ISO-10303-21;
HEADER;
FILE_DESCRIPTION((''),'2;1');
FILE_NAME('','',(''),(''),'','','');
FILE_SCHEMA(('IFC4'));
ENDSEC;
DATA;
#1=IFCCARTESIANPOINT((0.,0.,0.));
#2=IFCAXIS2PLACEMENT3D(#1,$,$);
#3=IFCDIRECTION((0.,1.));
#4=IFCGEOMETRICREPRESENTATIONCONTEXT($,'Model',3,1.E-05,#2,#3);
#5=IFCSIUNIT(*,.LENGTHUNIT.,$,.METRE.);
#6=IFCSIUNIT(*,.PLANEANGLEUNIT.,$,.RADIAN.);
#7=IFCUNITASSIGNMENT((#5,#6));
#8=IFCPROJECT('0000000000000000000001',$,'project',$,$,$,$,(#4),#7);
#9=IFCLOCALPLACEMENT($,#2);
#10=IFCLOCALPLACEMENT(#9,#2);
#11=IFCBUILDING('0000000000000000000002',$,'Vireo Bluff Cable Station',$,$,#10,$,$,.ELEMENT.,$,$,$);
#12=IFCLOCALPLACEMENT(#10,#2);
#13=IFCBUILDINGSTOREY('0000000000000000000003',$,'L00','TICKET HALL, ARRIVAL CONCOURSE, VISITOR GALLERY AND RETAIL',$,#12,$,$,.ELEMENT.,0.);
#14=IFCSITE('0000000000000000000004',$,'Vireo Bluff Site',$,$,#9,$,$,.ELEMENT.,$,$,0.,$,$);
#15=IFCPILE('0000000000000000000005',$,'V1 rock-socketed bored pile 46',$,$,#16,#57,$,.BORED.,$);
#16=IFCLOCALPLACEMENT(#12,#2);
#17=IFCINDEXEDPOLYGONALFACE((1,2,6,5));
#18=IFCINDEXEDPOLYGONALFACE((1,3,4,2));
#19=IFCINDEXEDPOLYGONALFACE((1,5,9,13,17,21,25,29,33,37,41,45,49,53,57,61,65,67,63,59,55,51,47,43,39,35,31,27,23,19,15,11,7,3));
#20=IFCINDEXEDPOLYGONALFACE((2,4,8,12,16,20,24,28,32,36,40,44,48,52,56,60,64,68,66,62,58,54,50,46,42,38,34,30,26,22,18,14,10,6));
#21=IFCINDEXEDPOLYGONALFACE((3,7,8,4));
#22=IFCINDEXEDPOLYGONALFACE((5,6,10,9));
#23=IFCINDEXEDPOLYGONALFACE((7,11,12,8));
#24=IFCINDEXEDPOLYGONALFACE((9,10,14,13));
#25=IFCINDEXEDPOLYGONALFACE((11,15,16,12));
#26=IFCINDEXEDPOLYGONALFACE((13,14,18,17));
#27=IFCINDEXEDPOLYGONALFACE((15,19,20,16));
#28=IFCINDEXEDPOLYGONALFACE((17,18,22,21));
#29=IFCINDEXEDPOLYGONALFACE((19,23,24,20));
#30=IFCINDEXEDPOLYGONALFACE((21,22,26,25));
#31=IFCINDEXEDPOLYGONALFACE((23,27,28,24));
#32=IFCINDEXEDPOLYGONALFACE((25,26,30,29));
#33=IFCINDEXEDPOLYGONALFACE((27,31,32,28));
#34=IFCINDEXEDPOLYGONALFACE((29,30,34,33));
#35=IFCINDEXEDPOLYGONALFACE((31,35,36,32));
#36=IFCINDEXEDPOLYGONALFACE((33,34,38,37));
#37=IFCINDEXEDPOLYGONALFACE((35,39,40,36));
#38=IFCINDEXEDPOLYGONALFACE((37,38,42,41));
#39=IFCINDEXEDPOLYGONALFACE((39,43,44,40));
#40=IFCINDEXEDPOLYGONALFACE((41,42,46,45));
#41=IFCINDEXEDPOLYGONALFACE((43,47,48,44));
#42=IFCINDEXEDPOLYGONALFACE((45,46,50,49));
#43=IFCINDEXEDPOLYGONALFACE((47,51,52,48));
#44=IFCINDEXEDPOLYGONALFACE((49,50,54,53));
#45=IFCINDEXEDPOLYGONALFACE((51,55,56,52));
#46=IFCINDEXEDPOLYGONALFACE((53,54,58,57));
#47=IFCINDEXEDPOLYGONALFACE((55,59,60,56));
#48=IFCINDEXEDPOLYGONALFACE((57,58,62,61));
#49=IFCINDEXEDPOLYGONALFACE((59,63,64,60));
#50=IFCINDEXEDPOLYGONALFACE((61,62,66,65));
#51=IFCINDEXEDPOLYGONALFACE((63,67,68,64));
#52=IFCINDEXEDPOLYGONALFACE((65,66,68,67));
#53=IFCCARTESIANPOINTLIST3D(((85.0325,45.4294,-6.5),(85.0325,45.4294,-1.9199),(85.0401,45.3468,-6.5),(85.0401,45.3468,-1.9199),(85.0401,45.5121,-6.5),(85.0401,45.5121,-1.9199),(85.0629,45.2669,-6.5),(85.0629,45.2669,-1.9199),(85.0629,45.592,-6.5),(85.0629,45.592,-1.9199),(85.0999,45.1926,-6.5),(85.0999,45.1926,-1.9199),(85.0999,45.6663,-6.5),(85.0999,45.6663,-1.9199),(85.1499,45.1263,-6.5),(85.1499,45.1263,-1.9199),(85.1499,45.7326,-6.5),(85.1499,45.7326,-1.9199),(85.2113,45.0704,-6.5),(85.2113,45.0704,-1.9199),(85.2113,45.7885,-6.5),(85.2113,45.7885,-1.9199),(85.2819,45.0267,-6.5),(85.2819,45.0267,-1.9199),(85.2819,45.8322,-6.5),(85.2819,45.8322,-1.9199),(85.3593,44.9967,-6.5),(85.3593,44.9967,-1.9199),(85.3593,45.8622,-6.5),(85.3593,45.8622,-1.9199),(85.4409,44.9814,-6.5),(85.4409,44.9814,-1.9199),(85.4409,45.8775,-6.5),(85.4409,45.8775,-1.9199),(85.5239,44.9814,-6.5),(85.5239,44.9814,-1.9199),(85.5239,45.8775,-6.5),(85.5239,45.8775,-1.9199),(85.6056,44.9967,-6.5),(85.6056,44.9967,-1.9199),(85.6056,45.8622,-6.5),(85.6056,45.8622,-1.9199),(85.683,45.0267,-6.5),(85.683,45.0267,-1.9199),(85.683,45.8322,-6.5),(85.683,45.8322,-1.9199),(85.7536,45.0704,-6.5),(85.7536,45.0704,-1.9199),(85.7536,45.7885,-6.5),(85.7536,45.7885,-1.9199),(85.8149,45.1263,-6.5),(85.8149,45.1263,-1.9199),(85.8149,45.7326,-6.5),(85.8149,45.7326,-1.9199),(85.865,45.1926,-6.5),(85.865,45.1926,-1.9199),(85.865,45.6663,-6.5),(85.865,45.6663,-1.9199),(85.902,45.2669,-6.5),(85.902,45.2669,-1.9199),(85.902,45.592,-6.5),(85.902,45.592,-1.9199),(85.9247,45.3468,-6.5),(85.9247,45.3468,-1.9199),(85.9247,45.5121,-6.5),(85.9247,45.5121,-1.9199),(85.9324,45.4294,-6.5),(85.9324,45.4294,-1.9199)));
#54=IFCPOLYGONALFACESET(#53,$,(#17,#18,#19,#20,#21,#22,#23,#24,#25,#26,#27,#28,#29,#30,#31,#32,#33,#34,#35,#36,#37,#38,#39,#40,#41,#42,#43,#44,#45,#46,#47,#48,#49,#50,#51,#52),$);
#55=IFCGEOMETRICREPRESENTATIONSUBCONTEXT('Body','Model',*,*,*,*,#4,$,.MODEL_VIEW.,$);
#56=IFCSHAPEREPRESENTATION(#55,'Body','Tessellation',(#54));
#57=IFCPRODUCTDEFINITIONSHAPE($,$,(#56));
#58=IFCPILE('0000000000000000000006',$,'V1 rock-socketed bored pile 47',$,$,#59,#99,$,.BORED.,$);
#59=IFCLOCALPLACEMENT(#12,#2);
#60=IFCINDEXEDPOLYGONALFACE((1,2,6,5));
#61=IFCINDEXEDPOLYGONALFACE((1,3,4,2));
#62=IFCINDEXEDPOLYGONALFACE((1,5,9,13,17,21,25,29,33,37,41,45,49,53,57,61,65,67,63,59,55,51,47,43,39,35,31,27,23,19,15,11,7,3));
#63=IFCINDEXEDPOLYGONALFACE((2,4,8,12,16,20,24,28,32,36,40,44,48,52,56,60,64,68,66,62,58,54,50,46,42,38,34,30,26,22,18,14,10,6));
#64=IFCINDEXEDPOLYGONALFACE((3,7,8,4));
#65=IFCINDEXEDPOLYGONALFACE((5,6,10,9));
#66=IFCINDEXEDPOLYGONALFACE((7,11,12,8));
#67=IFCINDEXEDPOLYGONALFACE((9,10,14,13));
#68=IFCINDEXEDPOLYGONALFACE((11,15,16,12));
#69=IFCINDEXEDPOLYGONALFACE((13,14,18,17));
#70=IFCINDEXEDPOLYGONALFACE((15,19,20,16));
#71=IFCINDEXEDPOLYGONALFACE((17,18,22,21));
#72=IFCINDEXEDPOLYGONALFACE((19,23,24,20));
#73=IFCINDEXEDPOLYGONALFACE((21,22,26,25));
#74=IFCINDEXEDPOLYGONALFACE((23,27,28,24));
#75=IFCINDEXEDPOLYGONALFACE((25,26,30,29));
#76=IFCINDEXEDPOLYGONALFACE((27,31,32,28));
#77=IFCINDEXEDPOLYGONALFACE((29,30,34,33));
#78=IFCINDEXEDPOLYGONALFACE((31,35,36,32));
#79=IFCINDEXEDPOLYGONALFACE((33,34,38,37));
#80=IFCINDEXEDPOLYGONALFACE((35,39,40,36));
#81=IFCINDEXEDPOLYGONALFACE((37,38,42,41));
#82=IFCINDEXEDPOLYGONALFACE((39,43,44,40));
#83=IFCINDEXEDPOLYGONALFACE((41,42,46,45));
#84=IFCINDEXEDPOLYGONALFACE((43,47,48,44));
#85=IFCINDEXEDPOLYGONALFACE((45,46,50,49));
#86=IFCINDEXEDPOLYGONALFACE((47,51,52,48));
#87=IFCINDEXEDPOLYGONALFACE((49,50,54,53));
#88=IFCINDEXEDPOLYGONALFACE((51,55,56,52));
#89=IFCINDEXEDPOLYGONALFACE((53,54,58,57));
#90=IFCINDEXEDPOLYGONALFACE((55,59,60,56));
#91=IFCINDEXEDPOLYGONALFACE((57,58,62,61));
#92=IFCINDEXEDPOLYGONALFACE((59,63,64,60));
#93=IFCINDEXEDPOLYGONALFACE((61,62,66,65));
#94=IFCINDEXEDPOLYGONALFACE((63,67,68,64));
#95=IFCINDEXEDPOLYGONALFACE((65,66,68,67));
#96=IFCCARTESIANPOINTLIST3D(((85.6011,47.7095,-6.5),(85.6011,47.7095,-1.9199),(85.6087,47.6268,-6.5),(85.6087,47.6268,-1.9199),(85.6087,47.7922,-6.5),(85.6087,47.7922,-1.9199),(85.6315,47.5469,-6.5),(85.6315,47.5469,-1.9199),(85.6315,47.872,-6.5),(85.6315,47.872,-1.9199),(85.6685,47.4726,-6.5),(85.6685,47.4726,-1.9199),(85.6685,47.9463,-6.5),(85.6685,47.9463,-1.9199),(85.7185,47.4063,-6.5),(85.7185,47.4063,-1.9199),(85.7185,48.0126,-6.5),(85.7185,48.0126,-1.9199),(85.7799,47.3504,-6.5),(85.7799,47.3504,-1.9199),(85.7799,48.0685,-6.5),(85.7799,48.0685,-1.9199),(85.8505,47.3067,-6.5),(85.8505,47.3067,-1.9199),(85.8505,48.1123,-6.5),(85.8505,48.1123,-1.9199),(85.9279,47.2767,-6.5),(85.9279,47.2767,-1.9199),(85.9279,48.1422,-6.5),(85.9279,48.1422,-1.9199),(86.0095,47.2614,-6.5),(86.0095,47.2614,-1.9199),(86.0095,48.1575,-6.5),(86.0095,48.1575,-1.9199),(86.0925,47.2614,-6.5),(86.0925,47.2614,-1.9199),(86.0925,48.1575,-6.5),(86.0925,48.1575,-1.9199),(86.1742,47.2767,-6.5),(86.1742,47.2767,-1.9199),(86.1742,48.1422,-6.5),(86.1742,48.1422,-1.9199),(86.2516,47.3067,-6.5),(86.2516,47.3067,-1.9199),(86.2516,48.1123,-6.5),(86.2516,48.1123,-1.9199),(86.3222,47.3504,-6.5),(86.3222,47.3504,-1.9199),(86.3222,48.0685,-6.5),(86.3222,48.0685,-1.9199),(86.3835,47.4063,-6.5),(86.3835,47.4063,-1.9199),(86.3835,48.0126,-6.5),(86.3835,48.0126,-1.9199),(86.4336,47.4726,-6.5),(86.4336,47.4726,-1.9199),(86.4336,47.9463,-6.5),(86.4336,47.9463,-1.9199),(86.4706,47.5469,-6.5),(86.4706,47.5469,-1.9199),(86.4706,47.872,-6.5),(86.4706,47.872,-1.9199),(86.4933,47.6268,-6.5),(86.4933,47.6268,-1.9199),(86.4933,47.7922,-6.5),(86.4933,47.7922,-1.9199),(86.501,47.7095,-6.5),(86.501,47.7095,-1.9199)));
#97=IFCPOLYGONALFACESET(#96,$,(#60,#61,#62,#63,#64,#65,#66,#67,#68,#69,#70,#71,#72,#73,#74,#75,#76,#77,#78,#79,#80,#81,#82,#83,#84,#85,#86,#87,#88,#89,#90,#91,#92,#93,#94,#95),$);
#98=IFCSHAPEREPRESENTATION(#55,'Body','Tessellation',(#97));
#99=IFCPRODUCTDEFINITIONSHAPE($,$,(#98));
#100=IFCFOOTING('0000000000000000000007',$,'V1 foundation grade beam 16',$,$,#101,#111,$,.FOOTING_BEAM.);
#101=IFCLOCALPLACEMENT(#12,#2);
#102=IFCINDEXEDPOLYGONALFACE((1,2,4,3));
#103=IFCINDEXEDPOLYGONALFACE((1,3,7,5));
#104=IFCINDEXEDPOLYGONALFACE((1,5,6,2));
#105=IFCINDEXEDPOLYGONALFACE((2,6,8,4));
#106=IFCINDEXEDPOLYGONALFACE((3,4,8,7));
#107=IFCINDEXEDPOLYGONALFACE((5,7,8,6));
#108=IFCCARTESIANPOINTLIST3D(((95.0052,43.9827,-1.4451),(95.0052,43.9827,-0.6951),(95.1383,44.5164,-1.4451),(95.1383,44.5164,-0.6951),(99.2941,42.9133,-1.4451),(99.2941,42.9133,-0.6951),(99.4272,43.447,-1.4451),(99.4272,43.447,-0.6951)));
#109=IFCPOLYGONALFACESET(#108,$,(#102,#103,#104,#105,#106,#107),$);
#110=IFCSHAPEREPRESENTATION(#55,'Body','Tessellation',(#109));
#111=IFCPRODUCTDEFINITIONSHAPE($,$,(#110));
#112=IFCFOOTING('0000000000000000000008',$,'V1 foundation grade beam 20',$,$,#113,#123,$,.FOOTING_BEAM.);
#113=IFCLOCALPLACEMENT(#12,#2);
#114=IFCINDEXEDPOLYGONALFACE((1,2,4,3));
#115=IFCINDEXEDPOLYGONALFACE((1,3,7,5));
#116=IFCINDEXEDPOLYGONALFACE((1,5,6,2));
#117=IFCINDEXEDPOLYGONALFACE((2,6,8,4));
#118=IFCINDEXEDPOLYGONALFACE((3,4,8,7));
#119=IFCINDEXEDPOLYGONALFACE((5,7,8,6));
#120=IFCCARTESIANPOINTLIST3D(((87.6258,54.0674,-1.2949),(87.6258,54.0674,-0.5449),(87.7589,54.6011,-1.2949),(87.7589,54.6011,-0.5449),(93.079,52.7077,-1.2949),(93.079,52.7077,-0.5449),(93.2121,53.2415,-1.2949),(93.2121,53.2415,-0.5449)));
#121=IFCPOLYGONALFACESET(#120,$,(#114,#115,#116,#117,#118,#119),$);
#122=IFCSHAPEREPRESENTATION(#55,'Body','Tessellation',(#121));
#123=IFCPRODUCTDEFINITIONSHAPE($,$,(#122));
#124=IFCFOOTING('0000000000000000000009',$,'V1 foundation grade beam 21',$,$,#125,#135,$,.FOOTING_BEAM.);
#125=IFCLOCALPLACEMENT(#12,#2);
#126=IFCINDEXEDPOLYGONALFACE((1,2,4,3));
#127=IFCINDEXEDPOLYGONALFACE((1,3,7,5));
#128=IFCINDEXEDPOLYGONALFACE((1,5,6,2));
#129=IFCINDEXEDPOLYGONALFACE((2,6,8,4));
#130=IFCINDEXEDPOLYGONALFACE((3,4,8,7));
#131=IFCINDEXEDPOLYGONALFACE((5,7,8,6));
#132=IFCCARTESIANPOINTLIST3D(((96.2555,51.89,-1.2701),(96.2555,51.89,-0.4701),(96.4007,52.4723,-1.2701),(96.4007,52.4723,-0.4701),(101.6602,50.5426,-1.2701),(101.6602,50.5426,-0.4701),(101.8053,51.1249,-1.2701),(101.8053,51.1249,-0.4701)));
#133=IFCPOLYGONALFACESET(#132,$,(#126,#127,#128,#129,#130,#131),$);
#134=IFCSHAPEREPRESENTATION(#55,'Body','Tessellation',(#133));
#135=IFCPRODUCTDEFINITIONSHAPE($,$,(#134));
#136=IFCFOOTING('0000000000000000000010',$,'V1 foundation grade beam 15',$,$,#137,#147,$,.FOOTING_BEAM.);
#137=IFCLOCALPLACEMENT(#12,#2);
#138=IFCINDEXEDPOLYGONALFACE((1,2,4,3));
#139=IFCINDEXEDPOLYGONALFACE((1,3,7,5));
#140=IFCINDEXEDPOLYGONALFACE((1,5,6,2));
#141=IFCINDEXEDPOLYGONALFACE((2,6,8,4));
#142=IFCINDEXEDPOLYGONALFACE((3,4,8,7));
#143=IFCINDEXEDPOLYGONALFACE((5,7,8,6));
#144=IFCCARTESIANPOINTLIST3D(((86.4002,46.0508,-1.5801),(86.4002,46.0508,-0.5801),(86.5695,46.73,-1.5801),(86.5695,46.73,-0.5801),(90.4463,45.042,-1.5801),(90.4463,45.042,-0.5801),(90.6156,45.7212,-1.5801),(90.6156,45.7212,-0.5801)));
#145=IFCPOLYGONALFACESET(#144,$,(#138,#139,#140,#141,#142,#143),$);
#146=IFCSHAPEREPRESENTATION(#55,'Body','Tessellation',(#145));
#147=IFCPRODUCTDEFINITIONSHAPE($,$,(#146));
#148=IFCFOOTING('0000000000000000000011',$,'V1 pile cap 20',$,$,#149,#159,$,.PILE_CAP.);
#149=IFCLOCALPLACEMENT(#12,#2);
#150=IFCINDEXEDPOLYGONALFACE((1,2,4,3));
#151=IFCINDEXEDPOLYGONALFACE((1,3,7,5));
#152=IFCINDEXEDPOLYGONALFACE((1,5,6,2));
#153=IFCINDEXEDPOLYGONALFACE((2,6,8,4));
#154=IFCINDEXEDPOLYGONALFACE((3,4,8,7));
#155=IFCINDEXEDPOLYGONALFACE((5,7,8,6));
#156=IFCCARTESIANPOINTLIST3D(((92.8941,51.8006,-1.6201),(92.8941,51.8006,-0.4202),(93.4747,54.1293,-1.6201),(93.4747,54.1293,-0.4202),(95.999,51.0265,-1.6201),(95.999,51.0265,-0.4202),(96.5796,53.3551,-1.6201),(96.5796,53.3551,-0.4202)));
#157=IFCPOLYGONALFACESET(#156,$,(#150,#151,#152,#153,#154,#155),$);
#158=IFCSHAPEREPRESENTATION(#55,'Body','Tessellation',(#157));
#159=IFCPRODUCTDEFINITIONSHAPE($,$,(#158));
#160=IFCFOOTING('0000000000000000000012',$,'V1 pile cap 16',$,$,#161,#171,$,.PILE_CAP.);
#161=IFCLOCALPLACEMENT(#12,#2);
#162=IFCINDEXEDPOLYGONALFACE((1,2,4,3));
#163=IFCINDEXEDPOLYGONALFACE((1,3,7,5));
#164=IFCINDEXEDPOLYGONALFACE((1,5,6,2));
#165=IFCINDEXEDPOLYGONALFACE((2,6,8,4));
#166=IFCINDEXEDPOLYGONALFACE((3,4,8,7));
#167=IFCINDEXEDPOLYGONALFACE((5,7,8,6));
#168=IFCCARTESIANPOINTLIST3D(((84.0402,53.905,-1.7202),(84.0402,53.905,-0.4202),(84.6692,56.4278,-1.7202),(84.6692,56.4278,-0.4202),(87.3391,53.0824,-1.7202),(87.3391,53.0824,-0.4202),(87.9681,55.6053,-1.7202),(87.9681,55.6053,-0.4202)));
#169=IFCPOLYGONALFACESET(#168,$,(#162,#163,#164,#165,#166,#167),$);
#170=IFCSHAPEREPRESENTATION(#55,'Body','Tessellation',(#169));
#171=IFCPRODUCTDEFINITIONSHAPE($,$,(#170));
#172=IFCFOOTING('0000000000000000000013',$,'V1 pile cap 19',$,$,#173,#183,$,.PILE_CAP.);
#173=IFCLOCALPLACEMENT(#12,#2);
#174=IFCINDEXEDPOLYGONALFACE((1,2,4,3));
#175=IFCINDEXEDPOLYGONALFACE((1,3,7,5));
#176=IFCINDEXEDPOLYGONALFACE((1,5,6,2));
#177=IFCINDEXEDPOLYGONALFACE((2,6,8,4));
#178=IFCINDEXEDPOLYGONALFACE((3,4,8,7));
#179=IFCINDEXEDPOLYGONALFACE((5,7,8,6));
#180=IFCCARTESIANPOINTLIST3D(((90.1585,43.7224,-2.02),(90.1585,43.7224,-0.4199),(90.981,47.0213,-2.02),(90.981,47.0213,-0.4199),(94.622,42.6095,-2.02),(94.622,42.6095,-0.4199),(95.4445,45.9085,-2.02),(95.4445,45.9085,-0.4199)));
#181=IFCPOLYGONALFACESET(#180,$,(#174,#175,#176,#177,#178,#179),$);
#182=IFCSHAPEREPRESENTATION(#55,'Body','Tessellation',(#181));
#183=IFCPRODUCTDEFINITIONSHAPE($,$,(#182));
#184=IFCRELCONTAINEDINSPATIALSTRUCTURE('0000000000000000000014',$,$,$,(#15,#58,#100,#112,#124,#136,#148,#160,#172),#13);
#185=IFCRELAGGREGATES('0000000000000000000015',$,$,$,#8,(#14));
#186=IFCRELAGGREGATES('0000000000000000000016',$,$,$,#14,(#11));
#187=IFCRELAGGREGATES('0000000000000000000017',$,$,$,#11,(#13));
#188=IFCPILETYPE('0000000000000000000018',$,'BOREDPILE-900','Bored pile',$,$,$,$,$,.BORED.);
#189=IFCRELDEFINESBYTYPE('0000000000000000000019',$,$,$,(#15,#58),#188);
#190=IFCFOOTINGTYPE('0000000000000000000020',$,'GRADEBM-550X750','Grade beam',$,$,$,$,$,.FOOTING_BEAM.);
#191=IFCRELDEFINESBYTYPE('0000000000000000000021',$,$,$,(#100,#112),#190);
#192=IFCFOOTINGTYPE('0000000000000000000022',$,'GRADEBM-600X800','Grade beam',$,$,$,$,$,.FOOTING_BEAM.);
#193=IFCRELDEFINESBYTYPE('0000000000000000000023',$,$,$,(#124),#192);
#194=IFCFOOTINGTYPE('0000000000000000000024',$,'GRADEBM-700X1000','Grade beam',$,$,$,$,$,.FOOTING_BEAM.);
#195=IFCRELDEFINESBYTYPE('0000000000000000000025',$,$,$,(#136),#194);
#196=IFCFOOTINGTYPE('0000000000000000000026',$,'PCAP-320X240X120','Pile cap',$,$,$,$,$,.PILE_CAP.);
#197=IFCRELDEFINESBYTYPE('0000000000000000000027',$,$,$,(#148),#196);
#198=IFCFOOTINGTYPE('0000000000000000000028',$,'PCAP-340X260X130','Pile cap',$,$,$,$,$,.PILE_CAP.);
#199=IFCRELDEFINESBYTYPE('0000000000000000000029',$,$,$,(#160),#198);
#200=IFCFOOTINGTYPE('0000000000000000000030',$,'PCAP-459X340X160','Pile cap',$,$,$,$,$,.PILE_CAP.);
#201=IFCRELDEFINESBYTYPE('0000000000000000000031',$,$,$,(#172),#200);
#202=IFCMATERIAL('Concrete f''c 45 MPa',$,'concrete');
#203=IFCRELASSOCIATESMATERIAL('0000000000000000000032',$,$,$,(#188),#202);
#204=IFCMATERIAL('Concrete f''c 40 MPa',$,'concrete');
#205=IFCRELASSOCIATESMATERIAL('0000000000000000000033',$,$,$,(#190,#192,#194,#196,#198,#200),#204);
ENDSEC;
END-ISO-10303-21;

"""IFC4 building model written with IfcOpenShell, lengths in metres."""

from ifc_helpers import new_model, si_unit, direction, frame, origin, origin_2d, place, context, subcontext, project, spatial, rectangle, circle, extrude, material, material_profile, profile_set, type_object, element, save


model = new_model("IFC4")

# Units and contexts
model_context = context("Model", 3, precision=1e-05, world=origin(), true_north=direction((0.0, 1.0)))
body_context = subcontext(model_context, "Body", "Model", "MODEL_VIEW")
ifc_project = project(units=[si_unit("LENGTHUNIT", "METRE"), si_unit("PLANEANGLEUNIT", "RADIAN")], contexts=[model_context])

# Site, building, storey
site_placement = place(None, origin())
site = spatial("IfcSite", under=ifc_project, at=site_placement, Name="Vireo Bluff Site", CompositionType="ELEMENT", RefElevation=0.0)
building_placement = place(site_placement, origin())
building = spatial("IfcBuilding", under=site, at=building_placement, Name="Vireo Bluff Cable Station", CompositionType="ELEMENT")
storey_placement = place(building_placement, origin())
storey = spatial("IfcBuildingStorey", under=building, at=storey_placement, Name="L00", Description="TICKET HALL, ARRIVAL CONCOURSE, VISITOR GALLERY AND RETAIL", CompositionType="ELEMENT", Elevation=0.0)

# Piles
ifc_material_1 = material(Name="Concrete f'c 45 MPa", Category="concrete")
ifc_material_profile_1 = material_profile(ifc_material_1, circle(Radius=0.45, at=origin_2d()), Name="BOREDPILE-900")
ifc_profile_set_1 = profile_set([ifc_material_profile_1], Name="Concrete f'c 45 MPa")
pile_type_1 = type_object("IfcPileType", Name="BOREDPILE-900", Description="Bored pile", PredefinedType="BORED", material=ifc_profile_set_1)
for number, where, z_axis, x_axis, name in (
    (1, (85.4824, 45.4294, -1.9199), (0.0, 0.0, -1.0), (1.0, 0.0, 0.0), "V1 rock-socketed bored pile 46"),
    (2, (86.051, 47.7095, -1.9199), (0.0, 0.0, -1.0), (1.0, 0.0, 0.0), "V1 rock-socketed bored pile 47"),
):
    element("IfcPile", number, at=place(storey_placement, frame(where, z_axis=z_axis, x_axis=x_axis)), inside=storey, type_object=pile_type_1, Name=name, PredefinedType="BORED", context=body_context, shape_type="SweptSolid", body=[
        extrude(circle(Radius=0.45, at=origin_2d()), origin(), (0.0, 0.0, 1.0), 4.5801),
    ])

# Footings
ifc_material_2 = material(Name="Concrete f'c 40 MPa", Category="concrete")
ifc_material_profile_2 = material_profile(ifc_material_2, rectangle(XDim=0.55, YDim=0.75, at=origin_2d()), Name="GRADEBM-550X750")
ifc_profile_set_2 = profile_set([ifc_material_profile_2], Name="Concrete f'c 40 MPa")
footing_type_1 = type_object("IfcFootingType", Name="GRADEBM-550X750", Description="Grade beam", PredefinedType="FOOTING_BEAM", material=ifc_profile_set_2)
footing_1_placement = place(storey_placement, frame((95.0718, 44.2495, -1.0701), z_axis=(0.970295, -0.241925, 0.0), x_axis=(0.241925, 0.970295, 0.0)))
element("IfcFooting", 3, at=footing_1_placement, inside=storey, type_object=footing_type_1, Name="V1 foundation grade beam 16", PredefinedType="FOOTING_BEAM", context=body_context, shape_type="SweptSolid", body=[
    extrude(rectangle(XDim=0.55, YDim=0.75, at=origin_2d()), origin(), (0.0, 0.0, 1.0), 4.4202),
])
footing_2_placement = place(storey_placement, frame((87.6924, 54.3342, -0.9199), z_axis=(0.970296, -0.241922, 0.0), x_axis=(0.241922, 0.970296, 0.0)))
element("IfcFooting", 4, at=footing_2_placement, inside=storey, type_object=footing_type_1, Name="V1 foundation grade beam 20", PredefinedType="FOOTING_BEAM", context=body_context, shape_type="SweptSolid", body=[
    extrude(rectangle(XDim=0.55, YDim=0.75, at=origin_2d()), origin(), (0.0, 0.0, 1.0), 5.6201),
])
ifc_material_profile_3 = material_profile(ifc_material_2, rectangle(XDim=0.6001, YDim=0.8, at=origin_2d()), Name="GRADEBM-600X800")
ifc_profile_set_3 = profile_set([ifc_material_profile_3], Name="Concrete f'c 40 MPa")
footing_type_2 = type_object("IfcFootingType", Name="GRADEBM-600X800", Description="Grade beam", PredefinedType="FOOTING_BEAM", material=ifc_profile_set_3)
footing_3_placement = place(storey_placement, frame((96.3281, 52.1812, -0.8701), z_axis=(0.9703, -0.241906, 0.0), x_axis=(0.241906, 0.9703, 0.0)))
element("IfcFooting", 5, at=footing_3_placement, inside=storey, type_object=footing_type_2, Name="V1 foundation grade beam 21", PredefinedType="FOOTING_BEAM", context=body_context, shape_type="SweptSolid", body=[
    extrude(rectangle(XDim=0.6001, YDim=0.8, at=origin_2d()), origin(), (0.0, 0.0, 1.0), 5.5701),
])
ifc_material_profile_4 = material_profile(ifc_material_2, rectangle(XDim=0.7, YDim=1.0, at=origin_2d()), Name="GRADEBM-700X1000")
ifc_profile_set_4 = profile_set([ifc_material_profile_4], Name="Concrete f'c 40 MPa")
footing_type_3 = type_object("IfcFootingType", Name="GRADEBM-700X1000", Description="Grade beam", PredefinedType="FOOTING_BEAM", material=ifc_profile_set_4)
footing_4_placement = place(storey_placement, frame((86.4849, 46.3904, -1.0801), z_axis=(0.970297, -0.241916, 0.0), x_axis=(0.241916, 0.970297, 0.0)))
element("IfcFooting", 6, at=footing_4_placement, inside=storey, type_object=footing_type_3, Name="V1 foundation grade beam 15", PredefinedType="FOOTING_BEAM", context=body_context, shape_type="SweptSolid", body=[
    extrude(rectangle(XDim=0.7, YDim=1.0, at=origin_2d()), origin(), (0.0, 0.0, 1.0), 4.1699),
])
footing_type_4 = type_object("IfcFootingType", Name="PCAP-320X240X120", Description="Pile cap", PredefinedType="PILE_CAP", material=ifc_material_2)
footing_5_placement = place(storey_placement, frame((94.7368, 52.5779, -1.6201), z_axis=(0.0, 0.0, 1.0), x_axis=(0.970296, -0.241922, 0.0)))
element("IfcFooting", 7, at=footing_5_placement, inside=storey, type_object=footing_type_4, Name="V1 pile cap 20", PredefinedType="PILE_CAP", context=body_context, shape_type="SweptSolid", body=[
    extrude(rectangle(XDim=3.2, YDim=2.3999, at=origin_2d()), origin(), (0.0, 0.0, 1.0), 1.2),
])
footing_type_5 = type_object("IfcFootingType", Name="PCAP-340X260X130", Description="Pile cap", PredefinedType="PILE_CAP", material=ifc_material_2)
footing_6_placement = place(storey_placement, frame((86.0042, 54.7551, -1.7202), z_axis=(0.0, 0.0, 1.0), x_axis=(0.970296, -0.241922, 0.0)))
element("IfcFooting", 8, at=footing_6_placement, inside=storey, type_object=footing_type_5, Name="V1 pile cap 16", PredefinedType="PILE_CAP", context=body_context, shape_type="SweptSolid", body=[
    extrude(rectangle(XDim=3.3999, YDim=2.6001, at=origin_2d()), origin(), (0.0, 0.0, 1.0), 1.3),
])
footing_type_6 = type_object("IfcFootingType", Name="PCAP-459X340X160", Description="Pile cap", PredefinedType="PILE_CAP", material=ifc_material_2)
footing_7_placement = place(storey_placement, frame((92.8015, 44.8154, -2.02), z_axis=(0.0, 0.0, 1.0), x_axis=(0.970296, -0.241922, 0.0)))
element("IfcFooting", 9, at=footing_7_placement, inside=storey, type_object=footing_type_6, Name="V1 pile cap 19", PredefinedType="PILE_CAP", context=body_context, shape_type="SweptSolid", body=[
    extrude(rectangle(XDim=4.6001, YDim=3.3999, at=origin_2d()), origin(), (0.0, 0.0, 1.0), 1.6001),
])

save(model, "model.ifc")
